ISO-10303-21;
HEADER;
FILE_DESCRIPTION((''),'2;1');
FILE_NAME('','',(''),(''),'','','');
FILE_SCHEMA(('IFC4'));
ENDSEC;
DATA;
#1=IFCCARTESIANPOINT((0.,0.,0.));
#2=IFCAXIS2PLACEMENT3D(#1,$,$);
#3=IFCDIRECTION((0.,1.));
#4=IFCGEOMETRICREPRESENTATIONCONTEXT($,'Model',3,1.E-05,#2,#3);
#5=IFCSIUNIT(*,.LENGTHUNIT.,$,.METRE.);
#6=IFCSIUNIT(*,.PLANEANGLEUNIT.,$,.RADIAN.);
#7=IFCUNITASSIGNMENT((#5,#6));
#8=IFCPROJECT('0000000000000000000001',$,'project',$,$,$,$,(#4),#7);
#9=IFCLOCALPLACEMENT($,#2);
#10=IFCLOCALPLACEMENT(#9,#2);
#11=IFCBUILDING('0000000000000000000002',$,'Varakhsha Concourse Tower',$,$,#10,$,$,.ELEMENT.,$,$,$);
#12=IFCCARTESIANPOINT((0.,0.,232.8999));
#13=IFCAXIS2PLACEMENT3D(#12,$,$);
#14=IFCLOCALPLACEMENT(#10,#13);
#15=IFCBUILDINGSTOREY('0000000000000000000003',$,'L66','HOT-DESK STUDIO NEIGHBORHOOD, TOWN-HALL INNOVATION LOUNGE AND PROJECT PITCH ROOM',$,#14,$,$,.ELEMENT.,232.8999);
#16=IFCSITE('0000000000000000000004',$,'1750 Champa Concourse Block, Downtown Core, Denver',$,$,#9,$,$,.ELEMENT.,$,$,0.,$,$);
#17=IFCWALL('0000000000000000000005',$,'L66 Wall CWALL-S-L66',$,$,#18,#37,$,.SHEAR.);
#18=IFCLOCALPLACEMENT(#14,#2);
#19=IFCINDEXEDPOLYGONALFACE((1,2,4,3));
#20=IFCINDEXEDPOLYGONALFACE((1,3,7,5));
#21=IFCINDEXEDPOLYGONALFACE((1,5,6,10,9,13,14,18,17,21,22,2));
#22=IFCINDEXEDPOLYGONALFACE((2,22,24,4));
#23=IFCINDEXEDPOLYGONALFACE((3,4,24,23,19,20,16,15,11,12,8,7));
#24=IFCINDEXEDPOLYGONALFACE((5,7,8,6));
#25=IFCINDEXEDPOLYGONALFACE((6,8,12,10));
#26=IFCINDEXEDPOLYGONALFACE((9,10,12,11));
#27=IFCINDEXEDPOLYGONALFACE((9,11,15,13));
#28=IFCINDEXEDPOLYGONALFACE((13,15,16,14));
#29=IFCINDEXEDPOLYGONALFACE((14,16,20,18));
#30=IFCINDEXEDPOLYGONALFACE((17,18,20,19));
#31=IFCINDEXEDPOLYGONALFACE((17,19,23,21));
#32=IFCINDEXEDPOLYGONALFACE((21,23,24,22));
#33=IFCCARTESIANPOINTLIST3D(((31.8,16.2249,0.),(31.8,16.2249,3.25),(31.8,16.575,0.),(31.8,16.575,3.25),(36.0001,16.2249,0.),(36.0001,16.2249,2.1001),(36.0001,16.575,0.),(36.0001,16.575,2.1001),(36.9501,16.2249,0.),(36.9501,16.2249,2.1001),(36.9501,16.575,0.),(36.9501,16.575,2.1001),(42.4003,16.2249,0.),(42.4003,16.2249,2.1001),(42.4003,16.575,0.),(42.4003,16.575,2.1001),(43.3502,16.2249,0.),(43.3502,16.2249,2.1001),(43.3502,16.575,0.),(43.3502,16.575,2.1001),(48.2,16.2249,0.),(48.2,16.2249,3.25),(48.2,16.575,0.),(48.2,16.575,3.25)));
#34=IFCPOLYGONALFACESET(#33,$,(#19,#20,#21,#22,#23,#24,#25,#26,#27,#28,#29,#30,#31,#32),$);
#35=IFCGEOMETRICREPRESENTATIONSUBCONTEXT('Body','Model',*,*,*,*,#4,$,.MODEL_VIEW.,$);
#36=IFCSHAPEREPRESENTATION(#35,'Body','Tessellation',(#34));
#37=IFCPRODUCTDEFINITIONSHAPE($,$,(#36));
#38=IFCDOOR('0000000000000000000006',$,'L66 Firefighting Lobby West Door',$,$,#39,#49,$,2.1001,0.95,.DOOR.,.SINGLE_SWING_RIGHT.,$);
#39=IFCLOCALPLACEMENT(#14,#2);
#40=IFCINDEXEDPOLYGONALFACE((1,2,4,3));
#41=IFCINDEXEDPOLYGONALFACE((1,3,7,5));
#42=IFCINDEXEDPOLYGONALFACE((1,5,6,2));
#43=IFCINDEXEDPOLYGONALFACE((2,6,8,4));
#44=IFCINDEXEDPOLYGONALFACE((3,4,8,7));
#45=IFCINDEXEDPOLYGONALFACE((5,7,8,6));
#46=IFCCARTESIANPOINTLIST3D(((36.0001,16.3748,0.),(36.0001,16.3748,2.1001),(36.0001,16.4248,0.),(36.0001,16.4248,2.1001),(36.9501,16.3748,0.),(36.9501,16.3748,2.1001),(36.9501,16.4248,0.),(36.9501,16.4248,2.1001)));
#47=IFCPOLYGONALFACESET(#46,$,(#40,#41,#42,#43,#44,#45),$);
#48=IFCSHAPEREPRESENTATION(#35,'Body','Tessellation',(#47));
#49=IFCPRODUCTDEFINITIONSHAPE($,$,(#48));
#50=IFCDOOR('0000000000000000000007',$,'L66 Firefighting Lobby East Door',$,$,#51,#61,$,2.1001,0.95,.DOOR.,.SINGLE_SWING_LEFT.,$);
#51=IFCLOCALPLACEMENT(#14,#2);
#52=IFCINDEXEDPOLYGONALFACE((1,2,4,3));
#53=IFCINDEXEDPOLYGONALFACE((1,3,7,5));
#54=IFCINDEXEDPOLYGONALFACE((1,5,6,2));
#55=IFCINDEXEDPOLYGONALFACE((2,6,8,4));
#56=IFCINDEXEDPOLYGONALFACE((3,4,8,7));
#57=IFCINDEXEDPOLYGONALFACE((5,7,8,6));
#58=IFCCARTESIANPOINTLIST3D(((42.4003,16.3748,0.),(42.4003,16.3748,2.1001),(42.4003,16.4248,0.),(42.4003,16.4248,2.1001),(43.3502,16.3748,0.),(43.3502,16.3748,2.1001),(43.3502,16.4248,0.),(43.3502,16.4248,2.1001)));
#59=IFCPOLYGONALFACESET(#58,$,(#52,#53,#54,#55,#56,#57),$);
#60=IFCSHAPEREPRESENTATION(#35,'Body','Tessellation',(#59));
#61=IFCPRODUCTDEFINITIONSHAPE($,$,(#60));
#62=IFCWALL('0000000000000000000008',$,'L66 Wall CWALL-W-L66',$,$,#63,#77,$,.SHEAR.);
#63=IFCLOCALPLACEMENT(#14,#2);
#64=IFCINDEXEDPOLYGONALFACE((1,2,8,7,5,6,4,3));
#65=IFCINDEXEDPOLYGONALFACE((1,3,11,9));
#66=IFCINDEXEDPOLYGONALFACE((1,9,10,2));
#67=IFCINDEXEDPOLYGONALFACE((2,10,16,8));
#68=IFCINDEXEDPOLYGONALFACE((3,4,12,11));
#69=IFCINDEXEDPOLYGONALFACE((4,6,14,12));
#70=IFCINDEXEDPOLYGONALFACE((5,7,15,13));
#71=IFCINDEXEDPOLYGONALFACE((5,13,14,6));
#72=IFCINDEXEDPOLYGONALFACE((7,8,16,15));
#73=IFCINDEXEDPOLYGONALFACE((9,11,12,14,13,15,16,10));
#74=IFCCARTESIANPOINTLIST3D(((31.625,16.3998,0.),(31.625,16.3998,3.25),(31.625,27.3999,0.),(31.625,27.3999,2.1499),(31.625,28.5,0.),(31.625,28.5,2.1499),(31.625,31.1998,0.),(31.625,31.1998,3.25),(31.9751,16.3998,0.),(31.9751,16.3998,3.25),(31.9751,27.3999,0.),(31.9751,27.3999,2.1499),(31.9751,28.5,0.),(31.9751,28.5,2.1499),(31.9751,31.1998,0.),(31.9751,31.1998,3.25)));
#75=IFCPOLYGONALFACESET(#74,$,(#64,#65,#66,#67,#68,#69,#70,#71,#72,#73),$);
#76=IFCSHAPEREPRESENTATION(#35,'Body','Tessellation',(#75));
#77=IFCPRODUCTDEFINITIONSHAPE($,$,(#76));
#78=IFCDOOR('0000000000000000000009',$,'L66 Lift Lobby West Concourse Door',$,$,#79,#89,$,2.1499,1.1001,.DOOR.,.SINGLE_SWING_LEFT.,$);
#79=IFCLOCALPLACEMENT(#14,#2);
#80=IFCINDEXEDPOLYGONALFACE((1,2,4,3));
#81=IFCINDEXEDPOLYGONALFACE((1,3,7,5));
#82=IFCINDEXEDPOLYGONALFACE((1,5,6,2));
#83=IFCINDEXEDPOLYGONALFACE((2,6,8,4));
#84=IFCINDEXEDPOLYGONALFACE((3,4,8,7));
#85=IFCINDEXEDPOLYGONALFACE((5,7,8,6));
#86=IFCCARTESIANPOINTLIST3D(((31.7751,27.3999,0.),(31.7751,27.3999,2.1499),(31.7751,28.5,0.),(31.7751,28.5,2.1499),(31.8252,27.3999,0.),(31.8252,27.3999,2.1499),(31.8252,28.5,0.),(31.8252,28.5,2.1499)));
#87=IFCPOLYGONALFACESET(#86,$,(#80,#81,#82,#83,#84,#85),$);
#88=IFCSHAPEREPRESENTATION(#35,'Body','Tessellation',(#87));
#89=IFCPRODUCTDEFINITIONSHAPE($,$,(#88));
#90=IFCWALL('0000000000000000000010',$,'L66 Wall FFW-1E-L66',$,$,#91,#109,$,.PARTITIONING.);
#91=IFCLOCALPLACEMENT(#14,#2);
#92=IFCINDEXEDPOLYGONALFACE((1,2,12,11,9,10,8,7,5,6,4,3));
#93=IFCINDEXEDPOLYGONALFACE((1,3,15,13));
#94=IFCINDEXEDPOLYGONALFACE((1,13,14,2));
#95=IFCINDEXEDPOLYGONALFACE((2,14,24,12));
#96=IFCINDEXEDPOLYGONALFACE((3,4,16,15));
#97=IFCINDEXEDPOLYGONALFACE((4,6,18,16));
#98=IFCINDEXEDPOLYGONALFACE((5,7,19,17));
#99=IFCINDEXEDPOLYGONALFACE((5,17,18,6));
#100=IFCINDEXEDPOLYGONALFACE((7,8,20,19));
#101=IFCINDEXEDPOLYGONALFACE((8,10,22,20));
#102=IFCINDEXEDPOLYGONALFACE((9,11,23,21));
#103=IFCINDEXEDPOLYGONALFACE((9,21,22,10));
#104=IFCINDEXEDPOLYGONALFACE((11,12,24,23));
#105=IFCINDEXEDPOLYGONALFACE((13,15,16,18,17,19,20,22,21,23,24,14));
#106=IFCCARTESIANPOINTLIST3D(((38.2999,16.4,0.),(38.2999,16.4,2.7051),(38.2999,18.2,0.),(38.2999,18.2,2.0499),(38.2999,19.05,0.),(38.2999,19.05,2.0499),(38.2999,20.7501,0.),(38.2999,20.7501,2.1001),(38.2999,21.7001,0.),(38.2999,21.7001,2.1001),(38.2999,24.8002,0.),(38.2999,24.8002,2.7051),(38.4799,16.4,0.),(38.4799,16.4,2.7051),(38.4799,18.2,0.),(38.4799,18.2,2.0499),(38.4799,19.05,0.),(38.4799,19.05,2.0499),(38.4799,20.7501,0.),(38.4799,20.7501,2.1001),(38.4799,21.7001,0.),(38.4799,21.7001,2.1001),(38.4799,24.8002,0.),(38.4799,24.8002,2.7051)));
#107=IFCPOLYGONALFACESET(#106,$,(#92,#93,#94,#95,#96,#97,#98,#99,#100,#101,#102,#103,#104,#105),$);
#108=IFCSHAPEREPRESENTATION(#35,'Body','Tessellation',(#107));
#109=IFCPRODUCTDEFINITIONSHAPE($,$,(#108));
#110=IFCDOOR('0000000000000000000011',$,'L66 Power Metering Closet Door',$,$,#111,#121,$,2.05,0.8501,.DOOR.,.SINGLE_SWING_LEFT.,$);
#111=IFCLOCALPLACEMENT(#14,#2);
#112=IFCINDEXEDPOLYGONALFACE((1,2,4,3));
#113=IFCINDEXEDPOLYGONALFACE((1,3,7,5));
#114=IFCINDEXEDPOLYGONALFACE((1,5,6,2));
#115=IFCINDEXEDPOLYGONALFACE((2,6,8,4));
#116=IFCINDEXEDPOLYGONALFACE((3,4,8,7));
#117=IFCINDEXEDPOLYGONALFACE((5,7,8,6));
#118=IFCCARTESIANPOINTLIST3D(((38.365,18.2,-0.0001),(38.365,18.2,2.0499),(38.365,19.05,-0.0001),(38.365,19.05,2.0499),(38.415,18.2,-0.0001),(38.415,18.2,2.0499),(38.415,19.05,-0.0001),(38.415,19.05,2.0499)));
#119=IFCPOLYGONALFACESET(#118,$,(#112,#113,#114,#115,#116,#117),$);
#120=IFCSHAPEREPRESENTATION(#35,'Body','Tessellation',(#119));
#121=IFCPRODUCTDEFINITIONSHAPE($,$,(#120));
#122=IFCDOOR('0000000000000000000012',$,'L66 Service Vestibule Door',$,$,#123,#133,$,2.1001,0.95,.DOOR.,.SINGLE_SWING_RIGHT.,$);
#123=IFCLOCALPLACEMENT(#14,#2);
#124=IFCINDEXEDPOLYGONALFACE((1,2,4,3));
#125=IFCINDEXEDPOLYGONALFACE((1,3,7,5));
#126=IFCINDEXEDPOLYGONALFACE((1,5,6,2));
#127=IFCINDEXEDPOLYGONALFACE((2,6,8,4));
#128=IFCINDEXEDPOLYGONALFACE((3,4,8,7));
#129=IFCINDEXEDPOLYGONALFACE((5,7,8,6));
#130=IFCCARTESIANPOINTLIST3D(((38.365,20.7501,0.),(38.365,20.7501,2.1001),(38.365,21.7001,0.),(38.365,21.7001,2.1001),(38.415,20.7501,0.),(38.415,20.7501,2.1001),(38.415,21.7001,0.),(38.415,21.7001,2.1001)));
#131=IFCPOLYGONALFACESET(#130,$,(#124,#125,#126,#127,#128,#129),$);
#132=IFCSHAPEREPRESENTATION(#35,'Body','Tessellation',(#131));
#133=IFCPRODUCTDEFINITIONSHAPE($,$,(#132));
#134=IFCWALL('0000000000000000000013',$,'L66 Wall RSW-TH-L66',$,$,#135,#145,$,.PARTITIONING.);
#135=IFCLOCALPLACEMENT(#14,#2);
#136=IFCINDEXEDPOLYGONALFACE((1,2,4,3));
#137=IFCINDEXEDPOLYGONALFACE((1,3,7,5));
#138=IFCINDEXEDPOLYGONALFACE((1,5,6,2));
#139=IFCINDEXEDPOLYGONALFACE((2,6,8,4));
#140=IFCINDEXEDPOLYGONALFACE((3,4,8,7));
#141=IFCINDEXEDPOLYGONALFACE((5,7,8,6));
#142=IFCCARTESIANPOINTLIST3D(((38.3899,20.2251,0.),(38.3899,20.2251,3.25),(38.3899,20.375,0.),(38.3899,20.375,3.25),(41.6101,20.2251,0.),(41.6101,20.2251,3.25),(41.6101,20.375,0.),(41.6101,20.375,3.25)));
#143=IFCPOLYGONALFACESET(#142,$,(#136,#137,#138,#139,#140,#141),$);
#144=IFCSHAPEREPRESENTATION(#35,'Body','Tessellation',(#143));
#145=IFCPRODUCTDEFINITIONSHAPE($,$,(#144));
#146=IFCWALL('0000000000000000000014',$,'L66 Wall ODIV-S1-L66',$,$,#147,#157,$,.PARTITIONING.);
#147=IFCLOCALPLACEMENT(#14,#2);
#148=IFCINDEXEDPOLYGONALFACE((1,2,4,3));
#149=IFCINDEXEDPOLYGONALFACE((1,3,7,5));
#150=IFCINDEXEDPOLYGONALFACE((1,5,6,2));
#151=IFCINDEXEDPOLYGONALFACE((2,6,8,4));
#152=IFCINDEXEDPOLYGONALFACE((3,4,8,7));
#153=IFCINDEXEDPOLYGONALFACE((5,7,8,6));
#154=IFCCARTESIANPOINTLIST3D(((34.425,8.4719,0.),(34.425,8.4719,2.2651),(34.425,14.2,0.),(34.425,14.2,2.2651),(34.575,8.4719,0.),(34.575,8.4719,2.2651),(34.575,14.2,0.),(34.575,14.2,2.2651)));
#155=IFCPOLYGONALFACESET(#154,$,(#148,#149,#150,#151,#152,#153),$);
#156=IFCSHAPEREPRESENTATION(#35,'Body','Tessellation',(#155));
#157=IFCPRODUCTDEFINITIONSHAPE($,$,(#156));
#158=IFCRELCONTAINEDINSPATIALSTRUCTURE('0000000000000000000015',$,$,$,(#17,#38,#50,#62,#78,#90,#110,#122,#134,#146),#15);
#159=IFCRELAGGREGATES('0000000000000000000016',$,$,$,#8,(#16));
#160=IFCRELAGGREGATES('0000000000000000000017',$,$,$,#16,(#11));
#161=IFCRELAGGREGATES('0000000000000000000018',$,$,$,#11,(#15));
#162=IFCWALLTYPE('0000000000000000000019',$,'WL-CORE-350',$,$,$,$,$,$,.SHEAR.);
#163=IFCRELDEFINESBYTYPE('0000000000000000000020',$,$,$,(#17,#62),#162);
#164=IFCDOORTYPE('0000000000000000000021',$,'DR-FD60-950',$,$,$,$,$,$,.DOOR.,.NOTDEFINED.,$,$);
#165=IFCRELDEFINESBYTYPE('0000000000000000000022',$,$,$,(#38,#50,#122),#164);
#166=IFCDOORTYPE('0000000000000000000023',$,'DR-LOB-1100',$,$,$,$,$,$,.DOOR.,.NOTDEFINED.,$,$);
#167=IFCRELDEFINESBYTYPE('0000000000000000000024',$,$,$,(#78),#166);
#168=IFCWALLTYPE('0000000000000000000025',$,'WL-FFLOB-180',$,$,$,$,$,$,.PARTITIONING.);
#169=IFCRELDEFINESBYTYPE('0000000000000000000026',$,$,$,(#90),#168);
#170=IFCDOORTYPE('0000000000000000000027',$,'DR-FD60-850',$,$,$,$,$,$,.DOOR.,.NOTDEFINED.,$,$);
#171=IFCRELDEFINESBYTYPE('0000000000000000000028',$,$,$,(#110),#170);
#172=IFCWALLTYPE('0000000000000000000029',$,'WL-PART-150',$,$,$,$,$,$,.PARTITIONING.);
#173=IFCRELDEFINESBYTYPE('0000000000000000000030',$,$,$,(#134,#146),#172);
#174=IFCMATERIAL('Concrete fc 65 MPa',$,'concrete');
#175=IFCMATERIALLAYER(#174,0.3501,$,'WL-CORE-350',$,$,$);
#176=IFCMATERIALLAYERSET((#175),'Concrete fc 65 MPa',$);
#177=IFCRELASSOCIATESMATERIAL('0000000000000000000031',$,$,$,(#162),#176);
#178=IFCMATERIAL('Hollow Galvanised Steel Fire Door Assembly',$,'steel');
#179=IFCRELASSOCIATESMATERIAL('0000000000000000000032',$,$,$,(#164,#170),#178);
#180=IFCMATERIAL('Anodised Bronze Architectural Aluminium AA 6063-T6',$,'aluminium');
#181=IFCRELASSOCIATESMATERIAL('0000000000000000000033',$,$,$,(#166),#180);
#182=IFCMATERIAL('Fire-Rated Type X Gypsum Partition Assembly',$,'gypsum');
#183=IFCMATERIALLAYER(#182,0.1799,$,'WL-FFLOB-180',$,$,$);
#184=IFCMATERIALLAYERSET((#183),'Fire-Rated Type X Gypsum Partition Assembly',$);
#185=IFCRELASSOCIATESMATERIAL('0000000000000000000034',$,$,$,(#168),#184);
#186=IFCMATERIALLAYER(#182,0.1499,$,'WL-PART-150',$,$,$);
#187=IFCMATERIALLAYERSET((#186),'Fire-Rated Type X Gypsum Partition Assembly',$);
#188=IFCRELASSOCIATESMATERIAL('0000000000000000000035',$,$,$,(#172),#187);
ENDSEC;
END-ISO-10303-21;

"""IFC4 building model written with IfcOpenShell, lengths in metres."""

from ifc_helpers import new_model, si_unit, direction, frame, frame_2d, origin, place, context, subcontext, project, spatial, rectangle, extrude, material, layer, layer_set, type_object, element, fill, save


model = new_model("IFC4")

# Units and contexts
model_context = context("Model", 3, precision=1e-05, world=origin(), true_north=direction((0.0, 1.0)))
body_context = subcontext(model_context, "Body", "Model", "MODEL_VIEW")
ifc_project = project(units=[si_unit("LENGTHUNIT", "METRE"), si_unit("PLANEANGLEUNIT", "RADIAN")], contexts=[model_context])

# Site, building, storey
site_placement = place(None, origin())
site = spatial("IfcSite", under=ifc_project, at=site_placement, Name="1750 Champa Concourse Block, Downtown Core, Denver", CompositionType="ELEMENT", RefElevation=0.0)
building_placement = place(site_placement, origin())
building = spatial("IfcBuilding", under=site, at=building_placement, Name="Varakhsha Concourse Tower", CompositionType="ELEMENT")
storey_placement = place(building_placement, frame((0.0, 0.0, 232.8999)))
storey = spatial("IfcBuildingStorey", under=building, at=storey_placement, Name="L66", Description="HOT-DESK STUDIO NEIGHBORHOOD, TOWN-HALL INNOVATION LOUNGE AND PROJECT PITCH ROOM", CompositionType="ELEMENT", Elevation=232.8999)

# Shared definitions
ifc_material_1 = material(Name="Concrete fc 65 MPa", Category="concrete")

# Shared definitions
ifc_material_2 = material(Name="Anodised Bronze Architectural Aluminium AA 6063-T6", Category="aluminium")

# Wall, openings, doors
ifc_layer_1 = layer(ifc_material_1, 0.3501, Name="WL-CORE-350")
ifc_layer_set_1 = layer_set([ifc_layer_1], Name="Concrete fc 65 MPa")
wall_type_1 = type_object("IfcWallType", Name="WL-CORE-350", PredefinedType="SHEAR", material=ifc_layer_set_1)
wall_1_placement = place(storey_placement, frame((31.8, 16.3999, 0.0), z_axis=(0.0, 0.0, 1.0), x_axis=(1.0, 0.0, 0.0)))
wall_1 = element("IfcWall", 1, at=wall_1_placement, inside=storey, type_object=wall_type_1, Name="L66 Wall CWALL-S-L66", PredefinedType="SHEAR", context=body_context, shape_type="SweptSolid", body=[
    extrude(rectangle(XDim=16.3999, YDim=0.3501, at=frame_2d((8.2, 0.0))), origin(), (0.0, 0.0, 1.0), 3.25),
])
opening_1_placement = place(wall_1_placement, frame((4.2, 0.0, 0.0)))
opening_1 = element("IfcOpeningElement", 2, at=opening_1_placement, cuts=wall_1, PredefinedType="OPENING", context=body_context, shape_type="SweptSolid", body=[
    extrude(rectangle(XDim=0.95, YDim=2.1001, at=frame_2d((0.4751, 1.05))), frame((0.0, 0.1851, 0.0), z_axis=(0.0, -1.0, 0.0), x_axis=(1.0, 0.0, 0.0)), (0.0, 0.0, 1.0), 0.3701),
])
opening_2_placement = place(wall_1_placement, frame((10.6001, 0.0, 0.0)))
opening_2 = element("IfcOpeningElement", 3, at=opening_2_placement, cuts=wall_1, PredefinedType="OPENING", context=body_context, shape_type="SweptSolid", body=[
    extrude(rectangle(XDim=0.95, YDim=2.1001, at=frame_2d((0.4751, 1.05))), frame((0.0, 0.1851, 0.0), z_axis=(0.0, -1.0, 0.0), x_axis=(1.0, 0.0, 0.0)), (0.0, 0.0, 1.0), 0.3701),
])
ifc_material_3 = material(Name="Hollow Galvanised Steel Fire Door Assembly", Category="steel")
door_type_1 = type_object("IfcDoorType", Name="DR-FD60-950", OperationType="NOTDEFINED", PredefinedType="DOOR", material=ifc_material_3)
door_1_placement = place(opening_1_placement, origin())
door_1 = element("IfcDoor", 4, at=door_1_placement, inside=storey, type_object=door_type_1, Name="L66 Firefighting Lobby West Door", OperationType="SINGLE_SWING_RIGHT", OverallHeight=2.1001, OverallWidth=0.95, PredefinedType="DOOR", context=body_context, shape_type="SweptSolid", body=[
    extrude(rectangle(XDim=0.95, YDim=2.1001, at=frame_2d((0.4751, 1.05))), frame((0.0, 0.0249, 0.0), z_axis=(0.0, -1.0, 0.0), x_axis=(1.0, 0.0, 0.0)), (0.0, 0.0, 1.0), 0.05),
])
fill(opening_1, door_1)
door_2_placement = place(opening_2_placement, origin())
door_2 = element("IfcDoor", 5, at=door_2_placement, inside=storey, type_object=door_type_1, Name="L66 Firefighting Lobby East Door", OperationType="SINGLE_SWING_LEFT", OverallHeight=2.1001, OverallWidth=0.95, PredefinedType="DOOR", context=body_context, shape_type="SweptSolid", body=[
    extrude(rectangle(XDim=0.95, YDim=2.1001, at=frame_2d((0.4751, 1.05))), frame((0.0, 0.0249, 0.0), z_axis=(0.0, -1.0, 0.0), x_axis=(1.0, 0.0, 0.0)), (0.0, 0.0, 1.0), 0.05),
])
fill(opening_2, door_2)

# Wall, opening, door
wall_2_placement = place(storey_placement, frame((31.8, 16.3999, 0.0), z_axis=(0.0, 0.0, 1.0), x_axis=(0.0, 1.0, 0.0)))
wall_2 = element("IfcWall", 6, at=wall_2_placement, inside=storey, type_object=wall_type_1, Name="L66 Wall CWALL-W-L66", PredefinedType="SHEAR", context=body_context, shape_type="SweptSolid", body=[
    extrude(rectangle(XDim=14.8, YDim=0.3501, at=frame_2d((7.3999, 0.0))), origin(), (0.0, 0.0, 1.0), 3.25),
])
opening_3_placement = place(wall_2_placement, frame((11.0, 0.0, 0.0)))
opening_3 = element("IfcOpeningElement", 7, at=opening_3_placement, cuts=wall_2, PredefinedType="OPENING", context=body_context, shape_type="SweptSolid", body=[
    extrude(rectangle(XDim=1.1001, YDim=2.1499, at=frame_2d((0.55, 1.075))), frame((0.0, 0.1851, 0.0), z_axis=(0.0, -1.0, 0.0), x_axis=(1.0, 0.0, 0.0)), (0.0, 0.0, 1.0), 0.3701),
])
door_type_2 = type_object("IfcDoorType", Name="DR-LOB-1100", OperationType="NOTDEFINED", PredefinedType="DOOR", material=ifc_material_2)
door_3_placement = place(opening_3_placement, origin())
door_3 = element("IfcDoor", 8, at=door_3_placement, inside=storey, type_object=door_type_2, Name="L66 Lift Lobby West Concourse Door", OperationType="SINGLE_SWING_LEFT", OverallHeight=2.1499, OverallWidth=1.1001, PredefinedType="DOOR", context=body_context, shape_type="SweptSolid", body=[
    extrude(rectangle(XDim=1.1001, YDim=2.1499, at=frame_2d((0.55, 1.075))), frame((0.0, 0.0249, 0.0), z_axis=(0.0, -1.0, 0.0), x_axis=(1.0, 0.0, 0.0)), (0.0, 0.0, 1.0), 0.05),
])
fill(opening_3, door_3)

# Wall, openings, doors
ifc_material_4 = material(Name="Fire-Rated Type X Gypsum Partition Assembly", Category="gypsum")
ifc_layer_2 = layer(ifc_material_4, 0.1799, Name="WL-FFLOB-180")
ifc_layer_set_2 = layer_set([ifc_layer_2], Name="Fire-Rated Type X Gypsum Partition Assembly")
wall_type_2 = type_object("IfcWallType", Name="WL-FFLOB-180", PredefinedType="PARTITIONING", material=ifc_layer_set_2)
wall_3_placement = place(storey_placement, frame((38.3899, 16.3999, 0.0), z_axis=(0.0, 0.0, 1.0), x_axis=(0.0, 1.0, 0.0)))
wall_3 = element("IfcWall", 9, at=wall_3_placement, inside=storey, type_object=wall_type_2, Name="L66 Wall FFW-1E-L66", PredefinedType="PARTITIONING", context=body_context, shape_type="SweptSolid", body=[
    extrude(rectangle(XDim=8.4001, YDim=0.1799, at=frame_2d((4.2002, 0.0))), origin(), (0.0, 0.0, 1.0), 2.7051),
])
opening_4_placement = place(wall_3_placement, frame((1.8, 0.0, 0.0)))
opening_4 = element("IfcOpeningElement", 10, at=opening_4_placement, cuts=wall_3, PredefinedType="OPENING", context=body_context, shape_type="SweptSolid", body=[
    extrude(rectangle(XDim=0.8501, YDim=2.05, at=frame_2d((0.425, 1.0249))), frame((0.0, 0.0999, 0.0), z_axis=(0.0, -1.0, 0.0), x_axis=(1.0, 0.0, 0.0)), (0.0, 0.0, 1.0), 0.2),
])
opening_5_placement = place(wall_3_placement, frame((4.3501, 0.0, 0.0)))
opening_5 = element("IfcOpeningElement", 11, at=opening_5_placement, cuts=wall_3, PredefinedType="OPENING", context=body_context, shape_type="SweptSolid", body=[
    extrude(rectangle(XDim=0.95, YDim=2.1001, at=frame_2d((0.4751, 1.05))), frame((0.0, 0.0999, 0.0), z_axis=(0.0, -1.0, 0.0), x_axis=(1.0, 0.0, 0.0)), (0.0, 0.0, 1.0), 0.2),
])
door_type_3 = type_object("IfcDoorType", Name="DR-FD60-850", OperationType="NOTDEFINED", PredefinedType="DOOR", material=ifc_material_3)
door_4_placement = place(opening_4_placement, origin())
door_4 = element("IfcDoor", 12, at=door_4_placement, inside=storey, type_object=door_type_3, Name="L66 Power Metering Closet Door", OperationType="SINGLE_SWING_LEFT", OverallHeight=2.05, OverallWidth=0.8501, PredefinedType="DOOR", context=body_context, shape_type="SweptSolid", body=[
    extrude(rectangle(XDim=0.8501, YDim=2.05, at=frame_2d((0.425, 1.0249))), frame((0.0, 0.0249, 0.0), z_axis=(0.0, -1.0, 0.0), x_axis=(1.0, 0.0, 0.0)), (0.0, 0.0, 1.0), 0.05),
])
fill(opening_4, door_4)
door_5_placement = place(opening_5_placement, origin())
door_5 = element("IfcDoor", 13, at=door_5_placement, inside=storey, type_object=door_type_1, Name="L66 Service Vestibule Door", OperationType="SINGLE_SWING_RIGHT", OverallHeight=2.1001, OverallWidth=0.95, PredefinedType="DOOR", context=body_context, shape_type="SweptSolid", body=[
    extrude(rectangle(XDim=0.95, YDim=2.1001, at=frame_2d((0.4751, 1.05))), frame((0.0, 0.0249, 0.0), z_axis=(0.0, -1.0, 0.0), x_axis=(1.0, 0.0, 0.0)), (0.0, 0.0, 1.0), 0.05),
])
fill(opening_5, door_5)

# Walls
ifc_layer_3 = layer(ifc_material_4, 0.1499, Name="WL-PART-150")
ifc_layer_set_3 = layer_set([ifc_layer_3], Name="Fire-Rated Type X Gypsum Partition Assembly")
wall_type_3 = type_object("IfcWallType", Name="WL-PART-150", PredefinedType="PARTITIONING", material=ifc_layer_set_3)
wall_4_placement = place(storey_placement, frame((38.3899, 20.3, 0.0), z_axis=(0.0, 0.0, 1.0), x_axis=(1.0, 0.0, 0.0)))
element("IfcWall", 14, at=wall_4_placement, inside=storey, type_object=wall_type_3, Name="L66 Wall RSW-TH-L66", PredefinedType="PARTITIONING", context=body_context, shape_type="SweptSolid", body=[
    extrude(rectangle(XDim=3.2202, YDim=0.1499, at=frame_2d((1.6101, 0.0))), origin(), (0.0, 0.0, 1.0), 3.25),
])
wall_5_placement = place(storey_placement, frame((34.5, 8.4719, 0.0), z_axis=(0.0, 0.0, 1.0), x_axis=(0.0, 1.0, 0.0)))
element("IfcWall", 15, at=wall_5_placement, inside=storey, type_object=wall_type_3, Name="L66 Wall ODIV-S1-L66", PredefinedType="PARTITIONING", context=body_context, shape_type="SweptSolid", body=[
    extrude(rectangle(XDim=5.728, YDim=0.1499, at=frame_2d((2.864, 0.0))), origin(), (0.0, 0.0, 1.0), 2.2651),
])

save(model, "model.ifc")
